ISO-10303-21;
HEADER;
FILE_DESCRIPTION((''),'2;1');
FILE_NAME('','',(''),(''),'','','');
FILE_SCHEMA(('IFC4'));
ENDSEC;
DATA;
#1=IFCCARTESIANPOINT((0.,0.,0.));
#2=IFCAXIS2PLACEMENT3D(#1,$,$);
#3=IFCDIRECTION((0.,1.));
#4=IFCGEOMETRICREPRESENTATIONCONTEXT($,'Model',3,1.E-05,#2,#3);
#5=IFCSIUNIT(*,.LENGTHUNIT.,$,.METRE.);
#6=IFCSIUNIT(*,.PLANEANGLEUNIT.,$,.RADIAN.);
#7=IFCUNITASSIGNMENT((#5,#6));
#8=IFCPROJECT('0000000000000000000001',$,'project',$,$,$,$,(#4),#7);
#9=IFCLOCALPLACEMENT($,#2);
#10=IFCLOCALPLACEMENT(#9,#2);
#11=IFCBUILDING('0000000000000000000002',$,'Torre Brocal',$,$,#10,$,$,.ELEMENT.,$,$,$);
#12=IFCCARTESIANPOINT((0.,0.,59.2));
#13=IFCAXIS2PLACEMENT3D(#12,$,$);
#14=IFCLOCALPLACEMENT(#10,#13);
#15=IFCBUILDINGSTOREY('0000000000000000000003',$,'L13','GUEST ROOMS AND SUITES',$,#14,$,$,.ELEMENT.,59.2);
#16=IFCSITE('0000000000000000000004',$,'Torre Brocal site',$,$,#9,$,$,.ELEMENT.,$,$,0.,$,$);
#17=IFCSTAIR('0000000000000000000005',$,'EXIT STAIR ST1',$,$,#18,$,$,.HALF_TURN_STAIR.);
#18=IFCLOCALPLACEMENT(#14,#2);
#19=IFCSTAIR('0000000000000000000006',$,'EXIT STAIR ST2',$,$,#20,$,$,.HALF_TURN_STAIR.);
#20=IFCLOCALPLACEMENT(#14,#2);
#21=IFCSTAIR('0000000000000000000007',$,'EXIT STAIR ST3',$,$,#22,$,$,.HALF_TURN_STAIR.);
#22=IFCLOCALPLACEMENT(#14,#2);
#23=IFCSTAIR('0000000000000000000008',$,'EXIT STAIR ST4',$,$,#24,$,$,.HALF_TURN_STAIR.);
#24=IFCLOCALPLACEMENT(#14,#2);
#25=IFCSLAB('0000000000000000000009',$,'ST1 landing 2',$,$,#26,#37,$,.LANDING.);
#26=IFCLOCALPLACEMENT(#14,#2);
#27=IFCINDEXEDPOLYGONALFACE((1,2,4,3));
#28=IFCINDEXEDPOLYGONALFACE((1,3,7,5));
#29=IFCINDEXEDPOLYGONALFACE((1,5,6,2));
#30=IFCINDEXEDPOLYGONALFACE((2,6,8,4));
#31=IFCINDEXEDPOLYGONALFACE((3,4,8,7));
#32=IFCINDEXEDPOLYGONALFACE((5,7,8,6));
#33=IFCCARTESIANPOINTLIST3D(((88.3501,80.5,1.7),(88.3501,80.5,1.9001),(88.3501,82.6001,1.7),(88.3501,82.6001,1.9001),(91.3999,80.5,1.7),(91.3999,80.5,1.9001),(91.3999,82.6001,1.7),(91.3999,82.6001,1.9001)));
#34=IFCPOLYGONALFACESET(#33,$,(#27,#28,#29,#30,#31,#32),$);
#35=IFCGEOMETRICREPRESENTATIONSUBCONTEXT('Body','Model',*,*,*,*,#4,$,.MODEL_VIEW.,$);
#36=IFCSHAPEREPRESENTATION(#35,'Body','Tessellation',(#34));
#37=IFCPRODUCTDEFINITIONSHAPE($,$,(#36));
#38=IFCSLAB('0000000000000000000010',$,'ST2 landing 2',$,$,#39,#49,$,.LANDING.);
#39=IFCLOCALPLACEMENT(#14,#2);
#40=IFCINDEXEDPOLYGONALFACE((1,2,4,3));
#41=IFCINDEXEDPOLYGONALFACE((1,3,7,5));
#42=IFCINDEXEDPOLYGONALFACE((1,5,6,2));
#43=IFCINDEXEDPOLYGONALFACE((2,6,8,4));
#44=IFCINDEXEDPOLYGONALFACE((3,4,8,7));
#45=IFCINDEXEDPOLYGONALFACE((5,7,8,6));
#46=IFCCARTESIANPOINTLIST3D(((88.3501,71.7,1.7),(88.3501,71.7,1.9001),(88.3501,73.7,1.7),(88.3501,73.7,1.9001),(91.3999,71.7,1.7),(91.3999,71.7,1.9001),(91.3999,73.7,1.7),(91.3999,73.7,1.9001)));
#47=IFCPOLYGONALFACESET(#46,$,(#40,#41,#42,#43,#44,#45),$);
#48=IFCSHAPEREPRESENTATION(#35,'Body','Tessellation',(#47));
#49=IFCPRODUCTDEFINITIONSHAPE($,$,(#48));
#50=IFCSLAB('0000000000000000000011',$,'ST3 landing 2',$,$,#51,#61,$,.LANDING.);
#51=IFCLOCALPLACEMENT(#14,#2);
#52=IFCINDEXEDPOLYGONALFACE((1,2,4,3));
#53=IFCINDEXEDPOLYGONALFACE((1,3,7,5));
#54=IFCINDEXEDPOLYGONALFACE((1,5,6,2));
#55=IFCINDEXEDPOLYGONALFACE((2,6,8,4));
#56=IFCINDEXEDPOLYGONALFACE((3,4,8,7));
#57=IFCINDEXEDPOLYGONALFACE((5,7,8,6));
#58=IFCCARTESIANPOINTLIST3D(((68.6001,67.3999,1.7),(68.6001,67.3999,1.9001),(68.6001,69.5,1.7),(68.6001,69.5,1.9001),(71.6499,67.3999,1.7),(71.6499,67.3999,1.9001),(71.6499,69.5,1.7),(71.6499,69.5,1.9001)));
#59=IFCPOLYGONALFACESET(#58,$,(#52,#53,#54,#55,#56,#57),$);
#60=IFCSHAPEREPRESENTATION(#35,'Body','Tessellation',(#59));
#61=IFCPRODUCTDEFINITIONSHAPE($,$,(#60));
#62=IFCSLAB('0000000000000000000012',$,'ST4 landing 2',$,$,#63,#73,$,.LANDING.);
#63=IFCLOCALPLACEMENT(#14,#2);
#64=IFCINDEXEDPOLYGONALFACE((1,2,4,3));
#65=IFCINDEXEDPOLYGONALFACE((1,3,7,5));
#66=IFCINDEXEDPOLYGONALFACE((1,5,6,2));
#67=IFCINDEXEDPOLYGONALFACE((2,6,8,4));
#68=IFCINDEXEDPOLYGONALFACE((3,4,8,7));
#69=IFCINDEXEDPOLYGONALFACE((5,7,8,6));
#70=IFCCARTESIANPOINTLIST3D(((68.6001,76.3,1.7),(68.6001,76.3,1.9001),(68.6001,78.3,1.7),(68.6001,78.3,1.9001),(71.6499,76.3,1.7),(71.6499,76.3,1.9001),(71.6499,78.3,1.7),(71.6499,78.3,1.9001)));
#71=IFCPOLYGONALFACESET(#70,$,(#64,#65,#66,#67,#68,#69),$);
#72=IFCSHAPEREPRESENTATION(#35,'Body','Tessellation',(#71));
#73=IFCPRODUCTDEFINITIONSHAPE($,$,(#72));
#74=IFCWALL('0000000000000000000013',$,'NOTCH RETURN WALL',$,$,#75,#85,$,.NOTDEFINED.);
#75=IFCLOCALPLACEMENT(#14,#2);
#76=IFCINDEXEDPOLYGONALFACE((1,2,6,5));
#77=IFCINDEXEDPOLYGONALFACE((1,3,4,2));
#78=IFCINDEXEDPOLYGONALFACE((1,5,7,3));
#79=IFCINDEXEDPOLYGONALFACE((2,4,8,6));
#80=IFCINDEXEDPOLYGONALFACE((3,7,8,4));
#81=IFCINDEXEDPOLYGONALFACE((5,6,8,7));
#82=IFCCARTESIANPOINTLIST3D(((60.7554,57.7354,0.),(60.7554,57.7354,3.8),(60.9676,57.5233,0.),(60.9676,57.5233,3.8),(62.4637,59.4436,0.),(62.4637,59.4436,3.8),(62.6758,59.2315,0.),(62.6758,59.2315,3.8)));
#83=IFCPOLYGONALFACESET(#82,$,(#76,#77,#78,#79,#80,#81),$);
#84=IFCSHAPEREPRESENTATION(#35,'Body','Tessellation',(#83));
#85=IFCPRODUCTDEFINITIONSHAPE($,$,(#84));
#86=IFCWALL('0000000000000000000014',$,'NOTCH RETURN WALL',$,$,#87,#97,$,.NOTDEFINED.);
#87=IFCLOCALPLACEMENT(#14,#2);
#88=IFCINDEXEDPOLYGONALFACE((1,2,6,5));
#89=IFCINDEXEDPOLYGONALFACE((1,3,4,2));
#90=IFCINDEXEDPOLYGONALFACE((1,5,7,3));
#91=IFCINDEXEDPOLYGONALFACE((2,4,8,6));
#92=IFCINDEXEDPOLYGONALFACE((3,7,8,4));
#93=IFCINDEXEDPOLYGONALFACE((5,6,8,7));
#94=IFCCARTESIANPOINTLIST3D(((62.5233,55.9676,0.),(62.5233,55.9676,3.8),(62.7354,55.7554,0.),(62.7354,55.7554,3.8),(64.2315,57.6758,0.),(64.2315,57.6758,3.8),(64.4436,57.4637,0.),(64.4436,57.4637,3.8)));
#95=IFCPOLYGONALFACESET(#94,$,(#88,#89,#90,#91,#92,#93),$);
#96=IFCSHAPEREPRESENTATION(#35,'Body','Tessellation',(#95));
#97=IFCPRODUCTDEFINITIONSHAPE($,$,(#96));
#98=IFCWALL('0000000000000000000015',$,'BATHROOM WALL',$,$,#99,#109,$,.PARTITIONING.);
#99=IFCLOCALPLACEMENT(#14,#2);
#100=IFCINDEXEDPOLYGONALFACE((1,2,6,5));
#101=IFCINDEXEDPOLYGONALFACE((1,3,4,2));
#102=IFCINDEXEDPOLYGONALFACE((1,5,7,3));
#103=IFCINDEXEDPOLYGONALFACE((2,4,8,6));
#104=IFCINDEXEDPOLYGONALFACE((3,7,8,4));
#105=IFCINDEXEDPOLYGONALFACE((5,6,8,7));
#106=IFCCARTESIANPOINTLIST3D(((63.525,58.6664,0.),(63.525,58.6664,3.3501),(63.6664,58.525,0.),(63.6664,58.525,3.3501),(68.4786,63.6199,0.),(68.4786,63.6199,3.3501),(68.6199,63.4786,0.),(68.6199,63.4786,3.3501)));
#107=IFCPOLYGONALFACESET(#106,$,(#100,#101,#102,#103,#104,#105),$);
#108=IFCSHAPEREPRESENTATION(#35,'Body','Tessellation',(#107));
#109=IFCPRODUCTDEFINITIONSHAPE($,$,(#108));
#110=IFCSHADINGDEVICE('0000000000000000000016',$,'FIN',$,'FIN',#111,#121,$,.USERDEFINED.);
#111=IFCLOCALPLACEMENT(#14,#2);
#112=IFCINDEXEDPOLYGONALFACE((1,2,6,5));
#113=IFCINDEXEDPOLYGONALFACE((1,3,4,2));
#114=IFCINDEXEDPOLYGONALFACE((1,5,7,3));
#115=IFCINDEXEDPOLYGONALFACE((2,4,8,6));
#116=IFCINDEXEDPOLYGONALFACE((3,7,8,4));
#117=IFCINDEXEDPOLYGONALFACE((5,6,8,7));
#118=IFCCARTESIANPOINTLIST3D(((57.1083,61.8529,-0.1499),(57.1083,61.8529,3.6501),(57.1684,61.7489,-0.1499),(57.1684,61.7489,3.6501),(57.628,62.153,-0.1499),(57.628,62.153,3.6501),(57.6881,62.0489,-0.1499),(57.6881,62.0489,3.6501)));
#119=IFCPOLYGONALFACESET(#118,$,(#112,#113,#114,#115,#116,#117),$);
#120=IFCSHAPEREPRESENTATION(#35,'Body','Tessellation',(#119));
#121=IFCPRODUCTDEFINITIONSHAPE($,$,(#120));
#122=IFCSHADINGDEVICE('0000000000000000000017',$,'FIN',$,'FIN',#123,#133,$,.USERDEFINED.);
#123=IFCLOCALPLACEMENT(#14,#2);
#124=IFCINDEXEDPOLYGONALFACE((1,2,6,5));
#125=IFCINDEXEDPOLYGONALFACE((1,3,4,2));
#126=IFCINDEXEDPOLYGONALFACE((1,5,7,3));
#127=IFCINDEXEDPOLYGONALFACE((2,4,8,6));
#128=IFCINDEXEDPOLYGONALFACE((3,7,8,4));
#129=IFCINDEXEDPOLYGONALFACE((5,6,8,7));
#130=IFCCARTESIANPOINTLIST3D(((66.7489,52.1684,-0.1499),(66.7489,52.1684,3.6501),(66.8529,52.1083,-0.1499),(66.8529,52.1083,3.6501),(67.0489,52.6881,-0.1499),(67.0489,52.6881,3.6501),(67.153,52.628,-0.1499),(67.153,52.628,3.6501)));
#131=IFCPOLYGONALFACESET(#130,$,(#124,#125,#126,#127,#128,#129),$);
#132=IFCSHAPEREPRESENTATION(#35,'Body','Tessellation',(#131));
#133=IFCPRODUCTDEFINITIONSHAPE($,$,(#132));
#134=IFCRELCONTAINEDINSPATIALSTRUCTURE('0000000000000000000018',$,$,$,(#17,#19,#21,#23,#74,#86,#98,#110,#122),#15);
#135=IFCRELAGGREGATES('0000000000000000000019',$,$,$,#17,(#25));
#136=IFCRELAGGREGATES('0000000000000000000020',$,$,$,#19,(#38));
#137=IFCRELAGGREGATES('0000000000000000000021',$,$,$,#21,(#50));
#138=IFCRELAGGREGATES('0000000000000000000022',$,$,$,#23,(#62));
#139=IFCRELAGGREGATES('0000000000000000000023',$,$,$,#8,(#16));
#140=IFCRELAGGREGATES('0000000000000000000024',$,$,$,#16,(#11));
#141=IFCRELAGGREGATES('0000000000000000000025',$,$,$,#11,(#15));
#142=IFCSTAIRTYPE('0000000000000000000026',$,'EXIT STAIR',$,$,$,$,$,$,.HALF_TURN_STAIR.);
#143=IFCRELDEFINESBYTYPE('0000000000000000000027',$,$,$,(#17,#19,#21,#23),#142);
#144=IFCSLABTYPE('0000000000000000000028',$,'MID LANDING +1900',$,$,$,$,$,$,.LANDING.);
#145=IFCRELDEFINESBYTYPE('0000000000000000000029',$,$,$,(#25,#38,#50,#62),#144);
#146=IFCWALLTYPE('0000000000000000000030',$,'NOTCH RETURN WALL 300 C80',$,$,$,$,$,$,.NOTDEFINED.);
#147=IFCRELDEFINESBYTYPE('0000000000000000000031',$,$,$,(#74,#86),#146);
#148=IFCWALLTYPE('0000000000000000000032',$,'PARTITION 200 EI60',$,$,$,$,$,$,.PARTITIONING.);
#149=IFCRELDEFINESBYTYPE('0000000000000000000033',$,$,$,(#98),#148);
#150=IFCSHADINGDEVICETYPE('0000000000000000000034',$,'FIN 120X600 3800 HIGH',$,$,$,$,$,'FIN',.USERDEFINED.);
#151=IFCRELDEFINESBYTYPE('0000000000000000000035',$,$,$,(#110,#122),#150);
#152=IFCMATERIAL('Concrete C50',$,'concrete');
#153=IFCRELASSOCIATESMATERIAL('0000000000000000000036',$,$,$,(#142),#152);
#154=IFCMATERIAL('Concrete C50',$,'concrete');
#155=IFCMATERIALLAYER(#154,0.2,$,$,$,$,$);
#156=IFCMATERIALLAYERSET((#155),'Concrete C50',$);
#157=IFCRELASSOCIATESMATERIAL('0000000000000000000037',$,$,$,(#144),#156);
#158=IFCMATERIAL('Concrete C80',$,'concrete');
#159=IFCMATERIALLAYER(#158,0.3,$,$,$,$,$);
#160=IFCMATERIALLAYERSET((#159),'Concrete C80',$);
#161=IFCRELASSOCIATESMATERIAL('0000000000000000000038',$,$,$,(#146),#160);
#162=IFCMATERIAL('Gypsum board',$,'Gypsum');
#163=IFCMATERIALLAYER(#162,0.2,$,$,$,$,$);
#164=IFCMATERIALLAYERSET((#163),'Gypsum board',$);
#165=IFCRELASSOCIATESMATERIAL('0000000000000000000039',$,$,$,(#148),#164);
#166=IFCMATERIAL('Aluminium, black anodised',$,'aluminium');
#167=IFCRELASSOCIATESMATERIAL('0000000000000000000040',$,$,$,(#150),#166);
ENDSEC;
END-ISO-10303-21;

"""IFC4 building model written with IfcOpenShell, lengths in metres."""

from ifc_helpers import new_model, si_unit, direction, frame, frame_2d, origin, origin_2d, place, context, subcontext, project, spatial, polyline, rectangle, outline, extrude, material, layer, layer_set, material_profile, profile_set, type_object, element, aggregate, save


model = new_model("IFC4")

# Units and contexts
model_context = context("Model", 3, precision=1e-05, world=origin(), true_north=direction((0.0, 1.0)))
body_context = subcontext(model_context, "Body", "Model", "MODEL_VIEW")
ifc_project = project(units=[si_unit("LENGTHUNIT", "METRE"), si_unit("PLANEANGLEUNIT", "RADIAN")], contexts=[model_context])

# Site, building, storey
site_placement = place(None, origin())
site = spatial("IfcSite", under=ifc_project, at=site_placement, Name="Torre Brocal site", CompositionType="ELEMENT", RefElevation=0.0)
building_placement = place(site_placement, origin())
building = spatial("IfcBuilding", under=site, at=building_placement, Name="Torre Brocal", CompositionType="ELEMENT")
storey_placement = place(building_placement, frame((0.0, 0.0, 59.2)))
storey = spatial("IfcBuildingStorey", under=building, at=storey_placement, Name="L13", Description="GUEST ROOMS AND SUITES", CompositionType="ELEMENT", Elevation=59.2)

# Stairs
ifc_material_1 = material(Name="Concrete C50", Category="concrete")
stair_type = type_object("IfcStairType", Name="EXIT STAIR", PredefinedType="HALF_TURN_STAIR", material=ifc_material_1)
stair_1_placement = place(storey_placement, origin())
stair_1 = element("IfcStair", 1, at=stair_1_placement, inside=storey, type_object=stair_type, Name="EXIT STAIR ST1", PredefinedType="HALF_TURN_STAIR")
stair_2_placement = place(storey_placement, origin())
stair_2 = element("IfcStair", 2, at=stair_2_placement, inside=storey, type_object=stair_type, Name="EXIT STAIR ST2", PredefinedType="HALF_TURN_STAIR")
stair_3_placement = place(storey_placement, origin())
stair_3 = element("IfcStair", 3, at=stair_3_placement, inside=storey, type_object=stair_type, Name="EXIT STAIR ST3", PredefinedType="HALF_TURN_STAIR")
stair_4_placement = place(storey_placement, origin())
stair_4 = element("IfcStair", 4, at=stair_4_placement, inside=storey, type_object=stair_type, Name="EXIT STAIR ST4", PredefinedType="HALF_TURN_STAIR")

# Slabs
ifc_material_2 = material(Name="Concrete C50", Category="concrete")
ifc_layer_1 = layer(ifc_material_2, 0.2)
ifc_layer_set_1 = layer_set([ifc_layer_1], Name="Concrete C50")
slab_type_1 = type_object("IfcSlabType", Name="MID LANDING +1900", PredefinedType="LANDING", material=ifc_layer_set_1)
slab_1_placement = place(storey_placement, frame((0.0, 0.0, 1.7)))
slab_1 = element("IfcSlab", 5, at=slab_1_placement, type_object=slab_type_1, Name="ST1 landing 2", PredefinedType="LANDING", context=body_context, shape_type="SweptSolid", body=[
    extrude(outline(polyline([(88.3501, 80.5), (91.3999, 80.5), (91.3999, 82.6001), (88.3501, 82.6001), (88.3501, 80.5)])), origin(), (0.0, 0.0, 1.0), 0.2002),
])
aggregate(stair_1, [slab_1])
slab_2_placement = place(storey_placement, frame((0.0, 0.0, 1.7)))
slab_2 = element("IfcSlab", 6, at=slab_2_placement, type_object=slab_type_1, Name="ST2 landing 2", PredefinedType="LANDING", context=body_context, shape_type="SweptSolid", body=[
    extrude(outline(polyline([(88.3501, 71.7), (91.3999, 71.7), (91.3999, 73.7), (88.3501, 73.7), (88.3501, 71.7)])), origin(), (0.0, 0.0, 1.0), 0.2002),
])
aggregate(stair_2, [slab_2])
slab_3_placement = place(storey_placement, frame((0.0, 0.0, 1.7)))
slab_3 = element("IfcSlab", 7, at=slab_3_placement, type_object=slab_type_1, Name="ST3 landing 2", PredefinedType="LANDING", context=body_context, shape_type="SweptSolid", body=[
    extrude(outline(polyline([(71.6499, 69.5), (68.6001, 69.5), (68.6001, 67.3999), (71.6499, 67.3999), (71.6499, 69.5)])), origin(), (0.0, 0.0, 1.0), 0.2002),
])
aggregate(stair_3, [slab_3])
slab_4_placement = place(storey_placement, frame((0.0, 0.0, 1.7)))
slab_4 = element("IfcSlab", 8, at=slab_4_placement, type_object=slab_type_1, Name="ST4 landing 2", PredefinedType="LANDING", context=body_context, shape_type="SweptSolid", body=[
    extrude(outline(polyline([(71.6499, 78.3), (68.6001, 78.3), (68.6001, 76.3), (71.6499, 76.3), (71.6499, 78.3)])), origin(), (0.0, 0.0, 1.0), 0.2002),
])
aggregate(stair_4, [slab_4])

# Walls
ifc_material_3 = material(Name="Concrete C80", Category="concrete")
ifc_layer_2 = layer(ifc_material_3, 0.3)
ifc_layer_set_2 = layer_set([ifc_layer_2], Name="Concrete C80")
wall_type_1 = type_object("IfcWallType", Name="NOTCH RETURN WALL 300 C80", PredefinedType="NOTDEFINED", material=ifc_layer_set_2)
for number, where, z_axis, x_axis, name in (
    (9, (62.5698, 59.3376, 0.0), (0.0, 0.0, 1.0), (-0.707107, -0.707107, 0.0), "NOTCH RETURN WALL"),
    (10, (64.3376, 57.5698, 0.0), (0.0, 0.0, 1.0), (-0.707107, -0.707107, 0.0), "NOTCH RETURN WALL"),
):
    element("IfcWall", number, at=place(storey_placement, frame(where, z_axis=z_axis, x_axis=x_axis)), inside=storey, type_object=wall_type_1, Name=name, PredefinedType="NOTDEFINED", context=body_context, shape_type="SweptSolid", body=[
        extrude(rectangle(XDim=2.4158, YDim=0.3, at=frame_2d((1.208, 0.0))), origin(), (0.0, 0.0, 1.0), 3.8),
    ])
ifc_material_4 = material(Name="Gypsum board", Category="Gypsum")
ifc_layer_3 = layer(ifc_material_4, 0.2)
ifc_layer_set_3 = layer_set([ifc_layer_3], Name="Gypsum board")
wall_type_2 = type_object("IfcWallType", Name="PARTITION 200 EI60", PredefinedType="PARTITIONING", material=ifc_layer_set_3)
wall_placement = place(storey_placement, frame((63.5957, 58.5957, 0.0), z_axis=(0.0, 0.0, 1.0), x_axis=(0.707107, 0.707107, 0.0)))
element("IfcWall", 11, at=wall_placement, inside=storey, type_object=wall_type_2, Name="BATHROOM WALL", PredefinedType="PARTITIONING", context=body_context, shape_type="SweptSolid", body=[
    extrude(rectangle(XDim=7.0054, YDim=0.2, at=frame_2d((3.5027, 0.0))), origin(), (0.0, 0.0, 1.0), 3.3501),
])

# Shading devices
ifc_material_5 = material(Name="Aluminium, black anodised", Category="aluminium")
ifc_material_profile_1 = material_profile(ifc_material_5, rectangle(XDim=0.1201, YDim=0.6001, at=origin_2d()), Name="FIN 120X600 3800 HIGH")
ifc_profile_set_1 = profile_set([ifc_material_profile_1], Name="Aluminium, black anodised")
shading_device_type = type_object("IfcShadingDeviceType", Name="FIN 120X600 3800 HIGH", ElementType="FIN", PredefinedType="USERDEFINED", material=ifc_profile_set_1)
for number, where, z_axis, x_axis, name in (
    (12, (57.3982, 61.9509, -0.1499), (0.0, 0.0, 1.0), (0.5, -0.866025, 0.0), "FIN"),
    (13, (66.9509, 52.3982, -0.1499), (0.0, 0.0, 1.0), (0.866025, -0.5, 0.0), "FIN"),
):
    element("IfcShadingDevice", number, at=place(storey_placement, frame(where, z_axis=z_axis, x_axis=x_axis)), inside=storey, type_object=shading_device_type, Name=name, ObjectType="FIN", PredefinedType="USERDEFINED", context=body_context, shape_type="SweptSolid", body=[
        extrude(rectangle(XDim=0.1201, YDim=0.6001, at=origin_2d()), origin(), (0.0, 0.0, 1.0), 3.8),
    ])

save(model, "model.ifc")
